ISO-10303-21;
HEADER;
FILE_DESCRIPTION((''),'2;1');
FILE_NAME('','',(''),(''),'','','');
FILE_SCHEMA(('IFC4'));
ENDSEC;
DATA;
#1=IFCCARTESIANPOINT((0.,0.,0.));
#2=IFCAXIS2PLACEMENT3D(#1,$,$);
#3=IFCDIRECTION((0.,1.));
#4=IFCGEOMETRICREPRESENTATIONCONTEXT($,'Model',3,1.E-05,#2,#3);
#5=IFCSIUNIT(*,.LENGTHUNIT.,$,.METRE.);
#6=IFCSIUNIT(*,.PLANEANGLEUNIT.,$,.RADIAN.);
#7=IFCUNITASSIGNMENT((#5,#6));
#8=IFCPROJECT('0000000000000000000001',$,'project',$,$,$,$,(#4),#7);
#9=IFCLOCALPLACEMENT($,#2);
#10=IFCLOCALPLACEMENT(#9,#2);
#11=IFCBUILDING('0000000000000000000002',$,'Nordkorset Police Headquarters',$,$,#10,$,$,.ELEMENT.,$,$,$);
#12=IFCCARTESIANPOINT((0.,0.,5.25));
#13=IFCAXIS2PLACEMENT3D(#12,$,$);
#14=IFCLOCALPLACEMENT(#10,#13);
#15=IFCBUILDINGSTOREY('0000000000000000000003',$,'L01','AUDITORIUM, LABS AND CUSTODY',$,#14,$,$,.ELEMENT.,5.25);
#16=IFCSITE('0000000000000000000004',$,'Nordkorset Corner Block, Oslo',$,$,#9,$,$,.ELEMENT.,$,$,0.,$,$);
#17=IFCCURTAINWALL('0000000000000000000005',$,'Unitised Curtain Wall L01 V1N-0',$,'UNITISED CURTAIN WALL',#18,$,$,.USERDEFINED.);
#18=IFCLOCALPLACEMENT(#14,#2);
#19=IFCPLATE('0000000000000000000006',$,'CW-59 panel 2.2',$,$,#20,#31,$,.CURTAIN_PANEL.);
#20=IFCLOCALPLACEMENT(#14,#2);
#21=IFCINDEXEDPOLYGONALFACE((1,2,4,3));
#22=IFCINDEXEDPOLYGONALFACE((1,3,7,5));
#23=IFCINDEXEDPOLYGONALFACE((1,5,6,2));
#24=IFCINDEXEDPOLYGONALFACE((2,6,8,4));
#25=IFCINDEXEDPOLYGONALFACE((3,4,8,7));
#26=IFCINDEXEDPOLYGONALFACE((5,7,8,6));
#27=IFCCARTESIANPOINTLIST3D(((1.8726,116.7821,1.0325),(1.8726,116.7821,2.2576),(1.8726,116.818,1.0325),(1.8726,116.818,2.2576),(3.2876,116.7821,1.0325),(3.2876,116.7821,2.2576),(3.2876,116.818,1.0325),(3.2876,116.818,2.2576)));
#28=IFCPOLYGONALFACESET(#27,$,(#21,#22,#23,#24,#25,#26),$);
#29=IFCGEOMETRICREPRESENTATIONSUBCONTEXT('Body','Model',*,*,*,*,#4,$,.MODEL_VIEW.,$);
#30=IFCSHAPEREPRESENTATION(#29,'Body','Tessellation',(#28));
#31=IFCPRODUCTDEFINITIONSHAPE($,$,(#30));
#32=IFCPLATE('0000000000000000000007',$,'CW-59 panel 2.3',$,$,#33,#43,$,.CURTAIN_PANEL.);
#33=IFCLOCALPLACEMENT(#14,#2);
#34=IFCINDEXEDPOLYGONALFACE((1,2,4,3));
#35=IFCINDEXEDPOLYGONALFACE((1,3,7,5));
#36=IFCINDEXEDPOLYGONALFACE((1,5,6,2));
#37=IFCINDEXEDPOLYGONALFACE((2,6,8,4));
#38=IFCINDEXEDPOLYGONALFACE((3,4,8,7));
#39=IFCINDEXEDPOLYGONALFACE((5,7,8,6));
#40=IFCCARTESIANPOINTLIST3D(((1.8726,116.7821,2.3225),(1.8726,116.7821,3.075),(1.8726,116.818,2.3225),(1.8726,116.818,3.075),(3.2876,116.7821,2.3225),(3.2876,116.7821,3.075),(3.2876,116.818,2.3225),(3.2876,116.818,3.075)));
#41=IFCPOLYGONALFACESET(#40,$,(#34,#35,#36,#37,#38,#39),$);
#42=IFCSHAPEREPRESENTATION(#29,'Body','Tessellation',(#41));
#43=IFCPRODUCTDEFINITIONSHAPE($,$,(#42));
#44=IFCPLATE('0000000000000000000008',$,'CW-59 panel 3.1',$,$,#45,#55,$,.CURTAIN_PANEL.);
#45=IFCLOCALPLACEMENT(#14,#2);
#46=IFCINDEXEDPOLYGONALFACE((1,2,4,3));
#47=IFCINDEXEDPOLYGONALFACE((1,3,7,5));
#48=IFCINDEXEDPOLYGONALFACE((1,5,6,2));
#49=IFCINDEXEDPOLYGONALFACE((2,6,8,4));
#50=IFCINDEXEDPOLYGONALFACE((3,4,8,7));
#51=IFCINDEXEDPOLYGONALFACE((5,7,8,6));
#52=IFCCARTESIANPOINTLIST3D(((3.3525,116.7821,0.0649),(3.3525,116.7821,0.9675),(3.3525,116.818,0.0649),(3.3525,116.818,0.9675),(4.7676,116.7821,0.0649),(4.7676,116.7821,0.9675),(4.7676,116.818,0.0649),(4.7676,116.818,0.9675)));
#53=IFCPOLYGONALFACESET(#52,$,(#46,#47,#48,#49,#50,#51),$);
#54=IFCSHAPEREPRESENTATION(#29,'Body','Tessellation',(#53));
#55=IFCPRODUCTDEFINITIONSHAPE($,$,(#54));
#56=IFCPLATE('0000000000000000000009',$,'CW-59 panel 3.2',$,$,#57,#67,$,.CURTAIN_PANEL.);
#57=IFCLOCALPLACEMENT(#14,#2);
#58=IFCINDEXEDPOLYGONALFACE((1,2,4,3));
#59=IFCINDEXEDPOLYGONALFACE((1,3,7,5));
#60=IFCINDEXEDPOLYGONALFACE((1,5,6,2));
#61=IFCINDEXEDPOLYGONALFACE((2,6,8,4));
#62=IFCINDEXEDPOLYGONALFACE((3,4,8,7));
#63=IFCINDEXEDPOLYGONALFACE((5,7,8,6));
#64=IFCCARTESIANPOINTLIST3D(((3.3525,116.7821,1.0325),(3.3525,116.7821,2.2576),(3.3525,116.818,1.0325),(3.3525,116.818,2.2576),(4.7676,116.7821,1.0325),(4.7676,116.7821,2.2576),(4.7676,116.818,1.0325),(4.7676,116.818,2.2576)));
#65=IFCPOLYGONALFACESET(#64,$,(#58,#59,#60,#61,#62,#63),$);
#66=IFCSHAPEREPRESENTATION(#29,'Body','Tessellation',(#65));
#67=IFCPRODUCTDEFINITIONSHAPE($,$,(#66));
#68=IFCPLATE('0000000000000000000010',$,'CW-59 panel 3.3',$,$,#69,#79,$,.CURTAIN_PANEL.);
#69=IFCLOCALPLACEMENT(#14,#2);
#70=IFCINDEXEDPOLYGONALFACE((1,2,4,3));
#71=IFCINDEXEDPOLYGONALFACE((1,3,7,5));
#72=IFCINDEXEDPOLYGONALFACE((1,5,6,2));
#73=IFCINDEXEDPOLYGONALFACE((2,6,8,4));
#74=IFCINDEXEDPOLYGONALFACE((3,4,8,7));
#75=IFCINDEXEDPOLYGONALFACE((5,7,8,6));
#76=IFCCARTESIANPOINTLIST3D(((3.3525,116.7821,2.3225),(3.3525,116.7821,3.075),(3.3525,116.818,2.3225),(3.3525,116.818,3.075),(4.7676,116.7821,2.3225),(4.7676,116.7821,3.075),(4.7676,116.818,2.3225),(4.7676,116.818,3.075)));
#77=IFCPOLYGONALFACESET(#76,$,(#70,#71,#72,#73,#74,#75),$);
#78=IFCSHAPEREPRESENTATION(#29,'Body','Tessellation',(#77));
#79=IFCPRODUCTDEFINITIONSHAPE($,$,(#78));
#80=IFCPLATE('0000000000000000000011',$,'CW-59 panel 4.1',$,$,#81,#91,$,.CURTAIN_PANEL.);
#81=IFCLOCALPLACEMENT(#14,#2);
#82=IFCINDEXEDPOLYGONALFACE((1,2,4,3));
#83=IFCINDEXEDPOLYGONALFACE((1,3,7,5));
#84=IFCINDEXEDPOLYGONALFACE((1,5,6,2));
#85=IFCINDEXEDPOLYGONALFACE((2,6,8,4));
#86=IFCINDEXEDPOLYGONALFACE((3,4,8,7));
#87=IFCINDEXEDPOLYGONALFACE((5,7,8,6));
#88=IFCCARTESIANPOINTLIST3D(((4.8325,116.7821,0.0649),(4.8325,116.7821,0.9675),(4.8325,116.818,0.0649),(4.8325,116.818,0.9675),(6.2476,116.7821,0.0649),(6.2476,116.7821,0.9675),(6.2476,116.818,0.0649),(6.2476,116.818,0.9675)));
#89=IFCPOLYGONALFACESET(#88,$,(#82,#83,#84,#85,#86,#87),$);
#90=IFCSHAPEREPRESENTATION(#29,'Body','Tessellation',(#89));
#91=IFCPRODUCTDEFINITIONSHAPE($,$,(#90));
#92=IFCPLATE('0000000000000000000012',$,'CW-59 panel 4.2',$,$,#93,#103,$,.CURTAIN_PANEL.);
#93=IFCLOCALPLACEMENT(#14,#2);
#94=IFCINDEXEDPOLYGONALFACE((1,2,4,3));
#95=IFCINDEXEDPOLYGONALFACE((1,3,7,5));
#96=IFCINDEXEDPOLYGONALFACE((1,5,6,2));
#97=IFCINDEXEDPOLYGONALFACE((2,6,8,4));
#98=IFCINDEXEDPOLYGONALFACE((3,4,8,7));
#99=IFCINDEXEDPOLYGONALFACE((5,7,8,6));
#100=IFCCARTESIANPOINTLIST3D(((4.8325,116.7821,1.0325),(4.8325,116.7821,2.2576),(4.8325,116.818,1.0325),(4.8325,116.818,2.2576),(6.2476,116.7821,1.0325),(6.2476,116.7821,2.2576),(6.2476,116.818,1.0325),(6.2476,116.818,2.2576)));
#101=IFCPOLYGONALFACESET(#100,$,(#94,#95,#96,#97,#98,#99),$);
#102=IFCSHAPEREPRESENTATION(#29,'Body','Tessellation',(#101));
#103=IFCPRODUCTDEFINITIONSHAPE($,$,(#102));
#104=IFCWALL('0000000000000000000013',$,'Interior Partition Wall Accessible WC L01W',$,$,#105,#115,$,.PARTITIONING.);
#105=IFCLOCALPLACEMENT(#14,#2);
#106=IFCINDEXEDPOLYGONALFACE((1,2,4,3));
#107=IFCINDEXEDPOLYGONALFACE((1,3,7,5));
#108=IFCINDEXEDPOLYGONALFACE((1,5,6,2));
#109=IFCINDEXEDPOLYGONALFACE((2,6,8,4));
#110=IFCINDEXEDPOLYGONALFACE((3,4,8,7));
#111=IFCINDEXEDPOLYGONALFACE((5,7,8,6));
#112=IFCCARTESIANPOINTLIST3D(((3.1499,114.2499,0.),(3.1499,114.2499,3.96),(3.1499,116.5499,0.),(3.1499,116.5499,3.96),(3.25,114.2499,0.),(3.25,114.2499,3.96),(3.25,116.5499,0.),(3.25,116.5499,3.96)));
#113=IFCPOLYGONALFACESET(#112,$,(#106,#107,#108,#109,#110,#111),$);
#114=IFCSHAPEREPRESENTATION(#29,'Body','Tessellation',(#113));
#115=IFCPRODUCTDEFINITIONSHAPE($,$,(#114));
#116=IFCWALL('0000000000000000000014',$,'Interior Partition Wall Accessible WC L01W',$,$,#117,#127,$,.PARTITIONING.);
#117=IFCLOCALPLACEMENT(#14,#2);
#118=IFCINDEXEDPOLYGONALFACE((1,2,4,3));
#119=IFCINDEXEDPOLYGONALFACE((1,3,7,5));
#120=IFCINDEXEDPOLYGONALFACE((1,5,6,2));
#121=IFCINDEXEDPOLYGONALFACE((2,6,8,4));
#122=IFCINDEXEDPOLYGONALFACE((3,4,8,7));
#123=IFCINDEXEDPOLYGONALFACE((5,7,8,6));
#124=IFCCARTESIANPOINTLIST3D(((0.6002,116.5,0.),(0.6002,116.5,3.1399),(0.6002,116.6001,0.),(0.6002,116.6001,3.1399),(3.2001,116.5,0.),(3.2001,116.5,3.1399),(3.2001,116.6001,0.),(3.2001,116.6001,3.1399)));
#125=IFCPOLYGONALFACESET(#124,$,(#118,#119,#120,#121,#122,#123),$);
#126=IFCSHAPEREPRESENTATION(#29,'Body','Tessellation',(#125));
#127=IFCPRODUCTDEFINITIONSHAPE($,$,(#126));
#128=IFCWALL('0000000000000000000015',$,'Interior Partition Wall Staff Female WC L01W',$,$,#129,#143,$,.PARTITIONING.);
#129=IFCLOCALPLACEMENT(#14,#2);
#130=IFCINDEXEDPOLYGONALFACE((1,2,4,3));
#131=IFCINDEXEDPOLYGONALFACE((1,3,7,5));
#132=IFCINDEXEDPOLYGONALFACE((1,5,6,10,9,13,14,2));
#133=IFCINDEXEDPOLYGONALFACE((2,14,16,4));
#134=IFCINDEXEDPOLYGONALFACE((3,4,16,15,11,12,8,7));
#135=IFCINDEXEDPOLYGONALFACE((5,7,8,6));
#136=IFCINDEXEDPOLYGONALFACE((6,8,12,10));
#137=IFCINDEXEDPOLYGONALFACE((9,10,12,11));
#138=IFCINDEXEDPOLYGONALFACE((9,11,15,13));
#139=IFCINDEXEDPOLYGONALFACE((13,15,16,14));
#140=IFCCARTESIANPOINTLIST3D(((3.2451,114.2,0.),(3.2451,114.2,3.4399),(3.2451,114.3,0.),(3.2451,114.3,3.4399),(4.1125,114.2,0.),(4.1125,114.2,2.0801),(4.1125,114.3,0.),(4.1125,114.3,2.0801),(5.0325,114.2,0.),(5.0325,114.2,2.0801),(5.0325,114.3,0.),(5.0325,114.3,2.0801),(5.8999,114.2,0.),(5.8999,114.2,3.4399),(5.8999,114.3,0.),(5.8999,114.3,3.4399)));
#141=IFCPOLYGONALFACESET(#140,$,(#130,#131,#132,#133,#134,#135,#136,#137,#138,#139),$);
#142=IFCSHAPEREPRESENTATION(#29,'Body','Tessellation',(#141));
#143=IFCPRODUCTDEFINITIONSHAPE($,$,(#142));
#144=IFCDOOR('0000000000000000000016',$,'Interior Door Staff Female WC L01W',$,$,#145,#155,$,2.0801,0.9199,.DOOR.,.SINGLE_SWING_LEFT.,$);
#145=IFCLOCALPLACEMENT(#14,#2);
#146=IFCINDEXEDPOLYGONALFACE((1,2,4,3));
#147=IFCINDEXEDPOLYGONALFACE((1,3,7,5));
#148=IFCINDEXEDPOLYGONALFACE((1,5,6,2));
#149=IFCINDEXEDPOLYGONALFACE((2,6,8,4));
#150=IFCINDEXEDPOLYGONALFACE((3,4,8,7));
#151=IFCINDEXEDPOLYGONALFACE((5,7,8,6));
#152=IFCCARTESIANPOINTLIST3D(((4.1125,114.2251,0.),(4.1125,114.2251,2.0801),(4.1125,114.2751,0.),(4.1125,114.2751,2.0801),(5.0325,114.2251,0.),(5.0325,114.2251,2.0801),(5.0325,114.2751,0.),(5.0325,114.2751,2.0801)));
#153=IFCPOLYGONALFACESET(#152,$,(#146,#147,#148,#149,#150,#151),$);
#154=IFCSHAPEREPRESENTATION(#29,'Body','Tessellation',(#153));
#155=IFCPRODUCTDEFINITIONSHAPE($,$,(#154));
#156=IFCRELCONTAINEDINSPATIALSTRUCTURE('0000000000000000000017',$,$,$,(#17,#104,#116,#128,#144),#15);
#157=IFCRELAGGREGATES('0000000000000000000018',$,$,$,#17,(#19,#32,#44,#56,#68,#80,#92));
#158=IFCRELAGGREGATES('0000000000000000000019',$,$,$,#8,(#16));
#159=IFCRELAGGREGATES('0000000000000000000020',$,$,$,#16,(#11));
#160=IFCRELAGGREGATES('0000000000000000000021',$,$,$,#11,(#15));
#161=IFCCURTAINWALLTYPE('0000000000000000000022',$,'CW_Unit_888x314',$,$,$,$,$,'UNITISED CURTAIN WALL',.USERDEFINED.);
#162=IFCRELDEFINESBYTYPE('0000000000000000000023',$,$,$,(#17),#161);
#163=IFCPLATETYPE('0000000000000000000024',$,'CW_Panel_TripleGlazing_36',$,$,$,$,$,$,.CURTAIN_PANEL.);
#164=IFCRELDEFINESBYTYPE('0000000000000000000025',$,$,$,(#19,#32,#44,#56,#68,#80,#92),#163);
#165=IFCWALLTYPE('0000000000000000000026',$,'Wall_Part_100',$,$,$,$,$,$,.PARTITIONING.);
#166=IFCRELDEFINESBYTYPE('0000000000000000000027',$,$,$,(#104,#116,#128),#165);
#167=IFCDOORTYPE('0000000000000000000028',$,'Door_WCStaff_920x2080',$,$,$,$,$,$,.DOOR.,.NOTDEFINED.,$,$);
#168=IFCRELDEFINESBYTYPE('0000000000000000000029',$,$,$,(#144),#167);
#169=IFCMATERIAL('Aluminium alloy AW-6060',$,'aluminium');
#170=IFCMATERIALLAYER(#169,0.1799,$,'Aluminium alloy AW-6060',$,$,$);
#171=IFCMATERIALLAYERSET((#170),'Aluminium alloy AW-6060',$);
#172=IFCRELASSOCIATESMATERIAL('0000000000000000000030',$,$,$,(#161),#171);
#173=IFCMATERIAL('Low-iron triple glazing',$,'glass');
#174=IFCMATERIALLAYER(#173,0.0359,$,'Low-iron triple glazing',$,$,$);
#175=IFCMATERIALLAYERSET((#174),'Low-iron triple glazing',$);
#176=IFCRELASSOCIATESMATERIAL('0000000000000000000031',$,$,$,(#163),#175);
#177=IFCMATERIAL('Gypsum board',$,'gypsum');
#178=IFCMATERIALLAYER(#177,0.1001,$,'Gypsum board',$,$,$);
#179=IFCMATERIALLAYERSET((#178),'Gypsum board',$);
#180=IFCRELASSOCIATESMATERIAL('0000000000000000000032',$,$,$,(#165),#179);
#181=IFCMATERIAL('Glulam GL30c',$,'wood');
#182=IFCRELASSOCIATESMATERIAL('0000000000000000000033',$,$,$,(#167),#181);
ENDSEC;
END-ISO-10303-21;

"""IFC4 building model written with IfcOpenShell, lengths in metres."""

from ifc_helpers import new_model, si_unit, direction, frame, frame_2d, origin, origin_2d, place, context, subcontext, project, spatial, rectangle, extrude, material, layer, layer_set, type_object, element, fill, aggregate, save


model = new_model("IFC4")

# Units and contexts
model_context = context("Model", 3, precision=1e-05, world=origin(), true_north=direction((0.0, 1.0)))
body_context = subcontext(model_context, "Body", "Model", "MODEL_VIEW")
ifc_project = project(units=[si_unit("LENGTHUNIT", "METRE"), si_unit("PLANEANGLEUNIT", "RADIAN")], contexts=[model_context])

# Site, building, storey
site_placement = place(None, origin())
site = spatial("IfcSite", under=ifc_project, at=site_placement, Name="Nordkorset Corner Block, Oslo", CompositionType="ELEMENT", RefElevation=0.0)
building_placement = place(site_placement, origin())
building = spatial("IfcBuilding", under=site, at=building_placement, Name="Nordkorset Police Headquarters", CompositionType="ELEMENT")
storey_placement = place(building_placement, frame((0.0, 0.0, 5.25)))
storey = spatial("IfcBuildingStorey", under=building, at=storey_placement, Name="L01", Description="AUDITORIUM, LABS AND CUSTODY", CompositionType="ELEMENT", Elevation=5.25)

# Curtain wall, plates
ifc_material_1 = material(Name="Aluminium alloy AW-6060", Category="aluminium")
ifc_layer_1 = layer(ifc_material_1, 0.1799, Name="Aluminium alloy AW-6060")
ifc_layer_set_1 = layer_set([ifc_layer_1], Name="Aluminium alloy AW-6060")
curtain_wall_type = type_object("IfcCurtainWallType", Name="CW_Unit_888x314", ElementType="UNITISED CURTAIN WALL", PredefinedType="USERDEFINED", material=ifc_layer_set_1)
curtain_wall_placement = place(storey_placement, origin())
curtain_wall = element("IfcCurtainWall", 1, at=curtain_wall_placement, inside=storey, type_object=curtain_wall_type, Name="Unitised Curtain Wall L01 V1N-0", ObjectType="UNITISED CURTAIN WALL", PredefinedType="USERDEFINED")
ifc_material_2 = material(Name="Low-iron triple glazing", Category="glass")
ifc_layer_2 = layer(ifc_material_2, 0.0359, Name="Low-iron triple glazing")
ifc_layer_set_2 = layer_set([ifc_layer_2], Name="Low-iron triple glazing")
plate_type = type_object("IfcPlateType", Name="CW_Panel_TripleGlazing_36", PredefinedType="CURTAIN_PANEL", material=ifc_layer_set_2)
plate_1_placement = place(storey_placement, frame((2.5801, 116.8, 1.0325), z_axis=(0.0, 0.0, 1.0), x_axis=(1.0, 0.0, 0.0)))
plate_1 = element("IfcPlate", 2, at=plate_1_placement, type_object=plate_type, Name="CW-59 panel 2.2", PredefinedType="CURTAIN_PANEL", context=body_context, shape_type="SweptSolid", body=[
    extrude(rectangle(XDim=1.415, YDim=0.0359, at=origin_2d()), origin(), (0.0, 0.0, 1.0), 1.2251),
])
plate_2_placement = place(storey_placement, frame((2.5801, 116.8, 2.3225), z_axis=(0.0, 0.0, 1.0), x_axis=(1.0, 0.0, 0.0)))
plate_2 = element("IfcPlate", 3, at=plate_2_placement, type_object=plate_type, Name="CW-59 panel 2.3", PredefinedType="CURTAIN_PANEL", context=body_context, shape_type="SweptSolid", body=[
    extrude(rectangle(XDim=1.415, YDim=0.0359, at=origin_2d()), origin(), (0.0, 0.0, 1.0), 0.7524),
])
plate_3_placement = place(storey_placement, frame((4.0601, 116.8, 0.0649), z_axis=(0.0, 0.0, 1.0), x_axis=(1.0, 0.0, 0.0)))
plate_3 = element("IfcPlate", 4, at=plate_3_placement, type_object=plate_type, Name="CW-59 panel 3.1", PredefinedType="CURTAIN_PANEL", context=body_context, shape_type="SweptSolid", body=[
    extrude(rectangle(XDim=1.415, YDim=0.0359, at=origin_2d()), origin(), (0.0, 0.0, 1.0), 0.9026),
])
plate_4_placement = place(storey_placement, frame((4.0601, 116.8, 1.0325), z_axis=(0.0, 0.0, 1.0), x_axis=(1.0, 0.0, 0.0)))
plate_4 = element("IfcPlate", 5, at=plate_4_placement, type_object=plate_type, Name="CW-59 panel 3.2", PredefinedType="CURTAIN_PANEL", context=body_context, shape_type="SweptSolid", body=[
    extrude(rectangle(XDim=1.415, YDim=0.0359, at=origin_2d()), origin(), (0.0, 0.0, 1.0), 1.2251),
])
plate_5_placement = place(storey_placement, frame((4.0601, 116.8, 2.3225), z_axis=(0.0, 0.0, 1.0), x_axis=(1.0, 0.0, 0.0)))
plate_5 = element("IfcPlate", 6, at=plate_5_placement, type_object=plate_type, Name="CW-59 panel 3.3", PredefinedType="CURTAIN_PANEL", context=body_context, shape_type="SweptSolid", body=[
    extrude(rectangle(XDim=1.415, YDim=0.0359, at=origin_2d()), origin(), (0.0, 0.0, 1.0), 0.7524),
])
plate_6_placement = place(storey_placement, frame((5.54, 116.8, 0.0649), z_axis=(0.0, 0.0, 1.0), x_axis=(1.0, 0.0, 0.0)))
plate_6 = element("IfcPlate", 7, at=plate_6_placement, type_object=plate_type, Name="CW-59 panel 4.1", PredefinedType="CURTAIN_PANEL", context=body_context, shape_type="SweptSolid", body=[
    extrude(rectangle(XDim=1.415, YDim=0.0359, at=origin_2d()), origin(), (0.0, 0.0, 1.0), 0.9026),
])
plate_7_placement = place(storey_placement, frame((5.54, 116.8, 1.0325), z_axis=(0.0, 0.0, 1.0), x_axis=(1.0, 0.0, 0.0)))
plate_7 = element("IfcPlate", 8, at=plate_7_placement, type_object=plate_type, Name="CW-59 panel 4.2", PredefinedType="CURTAIN_PANEL", context=body_context, shape_type="SweptSolid", body=[
    extrude(rectangle(XDim=1.415, YDim=0.0359, at=origin_2d()), origin(), (0.0, 0.0, 1.0), 1.2251),
])
aggregate(curtain_wall, [plate_1, plate_2, plate_3, plate_4, plate_5, plate_6, plate_7])

# Walls
ifc_material_3 = material(Name="Gypsum board", Category="gypsum")
ifc_layer_3 = layer(ifc_material_3, 0.1001, Name="Gypsum board")
ifc_layer_set_3 = layer_set([ifc_layer_3], Name="Gypsum board")
wall_type = type_object("IfcWallType", Name="Wall_Part_100", PredefinedType="PARTITIONING", material=ifc_layer_set_3)
wall_1_placement = place(storey_placement, frame((3.2, 114.25, 0.0), z_axis=(0.0, 0.0, 1.0), x_axis=(0.0, 1.0, 0.0)))
element("IfcWall", 9, at=wall_1_placement, inside=storey, type_object=wall_type, Name="Interior Partition Wall Accessible WC L01W", PredefinedType="PARTITIONING", context=body_context, shape_type="SweptSolid", body=[
    extrude(rectangle(XDim=2.3, YDim=0.1001, at=frame_2d((1.1499, 0.0))), origin(), (0.0, 0.0, 1.0), 3.96),
])
wall_2_placement = place(storey_placement, frame((3.2, 116.55, 0.0), z_axis=(0.0, 0.0, 1.0), x_axis=(-1.0, 0.0, 0.0)))
element("IfcWall", 10, at=wall_2_placement, inside=storey, type_object=wall_type, Name="Interior Partition Wall Accessible WC L01W", PredefinedType="PARTITIONING", context=body_context, shape_type="SweptSolid", body=[
    extrude(rectangle(XDim=2.5999, YDim=0.1001, at=frame_2d((1.2998, 0.0))), origin(), (0.0, 0.0, 1.0), 3.1399),
])

# Wall, opening, door
wall_3_placement = place(storey_placement, frame((3.2451, 114.25, 0.0), z_axis=(0.0, 0.0, 1.0), x_axis=(1.0, 0.0, 0.0)))
wall_3 = element("IfcWall", 11, at=wall_3_placement, inside=storey, type_object=wall_type, Name="Interior Partition Wall Staff Female WC L01W", PredefinedType="PARTITIONING", context=body_context, shape_type="SweptSolid", body=[
    extrude(rectangle(XDim=2.6548, YDim=0.1001, at=frame_2d((1.3274, 0.0))), origin(), (0.0, 0.0, 1.0), 3.4399),
])
opening_placement = place(wall_3_placement, frame((0.8674, 0.0, 0.0)))
opening = element("IfcOpeningElement", 12, at=opening_placement, cuts=wall_3, PredefinedType="OPENING", context=body_context, shape_type="SweptSolid", body=[
    extrude(rectangle(XDim=0.9199, YDim=2.0801, at=frame_2d((0.46, 1.04))), frame((0.0, 0.0601, 0.0), z_axis=(0.0, -1.0, 0.0), x_axis=(1.0, 0.0, 0.0)), (0.0, 0.0, 1.0), 0.1201),
])
ifc_material_4 = material(Name="Glulam GL30c", Category="wood")
door_type = type_object("IfcDoorType", Name="Door_WCStaff_920x2080", OperationType="NOTDEFINED", PredefinedType="DOOR", material=ifc_material_4)
door_placement = place(opening_placement, frame((0.9199, 0.0, 0.0), z_axis=(0.0, 0.0, 1.0), x_axis=(-1.0, 0.0, 0.0)))
door = element("IfcDoor", 13, at=door_placement, inside=storey, type_object=door_type, Name="Interior Door Staff Female WC L01W", OperationType="SINGLE_SWING_LEFT", OverallHeight=2.0801, OverallWidth=0.9199, PredefinedType="DOOR", context=body_context, shape_type="SweptSolid", body=[
    extrude(rectangle(XDim=0.9199, YDim=2.0801, at=frame_2d((0.46, 1.04))), frame((0.0, 0.0249, 0.0), z_axis=(0.0, -1.0, 0.0), x_axis=(1.0, 0.0, 0.0)), (0.0, 0.0, 1.0), 0.05),
])
fill(opening, door)

save(model, "model.ifc")
